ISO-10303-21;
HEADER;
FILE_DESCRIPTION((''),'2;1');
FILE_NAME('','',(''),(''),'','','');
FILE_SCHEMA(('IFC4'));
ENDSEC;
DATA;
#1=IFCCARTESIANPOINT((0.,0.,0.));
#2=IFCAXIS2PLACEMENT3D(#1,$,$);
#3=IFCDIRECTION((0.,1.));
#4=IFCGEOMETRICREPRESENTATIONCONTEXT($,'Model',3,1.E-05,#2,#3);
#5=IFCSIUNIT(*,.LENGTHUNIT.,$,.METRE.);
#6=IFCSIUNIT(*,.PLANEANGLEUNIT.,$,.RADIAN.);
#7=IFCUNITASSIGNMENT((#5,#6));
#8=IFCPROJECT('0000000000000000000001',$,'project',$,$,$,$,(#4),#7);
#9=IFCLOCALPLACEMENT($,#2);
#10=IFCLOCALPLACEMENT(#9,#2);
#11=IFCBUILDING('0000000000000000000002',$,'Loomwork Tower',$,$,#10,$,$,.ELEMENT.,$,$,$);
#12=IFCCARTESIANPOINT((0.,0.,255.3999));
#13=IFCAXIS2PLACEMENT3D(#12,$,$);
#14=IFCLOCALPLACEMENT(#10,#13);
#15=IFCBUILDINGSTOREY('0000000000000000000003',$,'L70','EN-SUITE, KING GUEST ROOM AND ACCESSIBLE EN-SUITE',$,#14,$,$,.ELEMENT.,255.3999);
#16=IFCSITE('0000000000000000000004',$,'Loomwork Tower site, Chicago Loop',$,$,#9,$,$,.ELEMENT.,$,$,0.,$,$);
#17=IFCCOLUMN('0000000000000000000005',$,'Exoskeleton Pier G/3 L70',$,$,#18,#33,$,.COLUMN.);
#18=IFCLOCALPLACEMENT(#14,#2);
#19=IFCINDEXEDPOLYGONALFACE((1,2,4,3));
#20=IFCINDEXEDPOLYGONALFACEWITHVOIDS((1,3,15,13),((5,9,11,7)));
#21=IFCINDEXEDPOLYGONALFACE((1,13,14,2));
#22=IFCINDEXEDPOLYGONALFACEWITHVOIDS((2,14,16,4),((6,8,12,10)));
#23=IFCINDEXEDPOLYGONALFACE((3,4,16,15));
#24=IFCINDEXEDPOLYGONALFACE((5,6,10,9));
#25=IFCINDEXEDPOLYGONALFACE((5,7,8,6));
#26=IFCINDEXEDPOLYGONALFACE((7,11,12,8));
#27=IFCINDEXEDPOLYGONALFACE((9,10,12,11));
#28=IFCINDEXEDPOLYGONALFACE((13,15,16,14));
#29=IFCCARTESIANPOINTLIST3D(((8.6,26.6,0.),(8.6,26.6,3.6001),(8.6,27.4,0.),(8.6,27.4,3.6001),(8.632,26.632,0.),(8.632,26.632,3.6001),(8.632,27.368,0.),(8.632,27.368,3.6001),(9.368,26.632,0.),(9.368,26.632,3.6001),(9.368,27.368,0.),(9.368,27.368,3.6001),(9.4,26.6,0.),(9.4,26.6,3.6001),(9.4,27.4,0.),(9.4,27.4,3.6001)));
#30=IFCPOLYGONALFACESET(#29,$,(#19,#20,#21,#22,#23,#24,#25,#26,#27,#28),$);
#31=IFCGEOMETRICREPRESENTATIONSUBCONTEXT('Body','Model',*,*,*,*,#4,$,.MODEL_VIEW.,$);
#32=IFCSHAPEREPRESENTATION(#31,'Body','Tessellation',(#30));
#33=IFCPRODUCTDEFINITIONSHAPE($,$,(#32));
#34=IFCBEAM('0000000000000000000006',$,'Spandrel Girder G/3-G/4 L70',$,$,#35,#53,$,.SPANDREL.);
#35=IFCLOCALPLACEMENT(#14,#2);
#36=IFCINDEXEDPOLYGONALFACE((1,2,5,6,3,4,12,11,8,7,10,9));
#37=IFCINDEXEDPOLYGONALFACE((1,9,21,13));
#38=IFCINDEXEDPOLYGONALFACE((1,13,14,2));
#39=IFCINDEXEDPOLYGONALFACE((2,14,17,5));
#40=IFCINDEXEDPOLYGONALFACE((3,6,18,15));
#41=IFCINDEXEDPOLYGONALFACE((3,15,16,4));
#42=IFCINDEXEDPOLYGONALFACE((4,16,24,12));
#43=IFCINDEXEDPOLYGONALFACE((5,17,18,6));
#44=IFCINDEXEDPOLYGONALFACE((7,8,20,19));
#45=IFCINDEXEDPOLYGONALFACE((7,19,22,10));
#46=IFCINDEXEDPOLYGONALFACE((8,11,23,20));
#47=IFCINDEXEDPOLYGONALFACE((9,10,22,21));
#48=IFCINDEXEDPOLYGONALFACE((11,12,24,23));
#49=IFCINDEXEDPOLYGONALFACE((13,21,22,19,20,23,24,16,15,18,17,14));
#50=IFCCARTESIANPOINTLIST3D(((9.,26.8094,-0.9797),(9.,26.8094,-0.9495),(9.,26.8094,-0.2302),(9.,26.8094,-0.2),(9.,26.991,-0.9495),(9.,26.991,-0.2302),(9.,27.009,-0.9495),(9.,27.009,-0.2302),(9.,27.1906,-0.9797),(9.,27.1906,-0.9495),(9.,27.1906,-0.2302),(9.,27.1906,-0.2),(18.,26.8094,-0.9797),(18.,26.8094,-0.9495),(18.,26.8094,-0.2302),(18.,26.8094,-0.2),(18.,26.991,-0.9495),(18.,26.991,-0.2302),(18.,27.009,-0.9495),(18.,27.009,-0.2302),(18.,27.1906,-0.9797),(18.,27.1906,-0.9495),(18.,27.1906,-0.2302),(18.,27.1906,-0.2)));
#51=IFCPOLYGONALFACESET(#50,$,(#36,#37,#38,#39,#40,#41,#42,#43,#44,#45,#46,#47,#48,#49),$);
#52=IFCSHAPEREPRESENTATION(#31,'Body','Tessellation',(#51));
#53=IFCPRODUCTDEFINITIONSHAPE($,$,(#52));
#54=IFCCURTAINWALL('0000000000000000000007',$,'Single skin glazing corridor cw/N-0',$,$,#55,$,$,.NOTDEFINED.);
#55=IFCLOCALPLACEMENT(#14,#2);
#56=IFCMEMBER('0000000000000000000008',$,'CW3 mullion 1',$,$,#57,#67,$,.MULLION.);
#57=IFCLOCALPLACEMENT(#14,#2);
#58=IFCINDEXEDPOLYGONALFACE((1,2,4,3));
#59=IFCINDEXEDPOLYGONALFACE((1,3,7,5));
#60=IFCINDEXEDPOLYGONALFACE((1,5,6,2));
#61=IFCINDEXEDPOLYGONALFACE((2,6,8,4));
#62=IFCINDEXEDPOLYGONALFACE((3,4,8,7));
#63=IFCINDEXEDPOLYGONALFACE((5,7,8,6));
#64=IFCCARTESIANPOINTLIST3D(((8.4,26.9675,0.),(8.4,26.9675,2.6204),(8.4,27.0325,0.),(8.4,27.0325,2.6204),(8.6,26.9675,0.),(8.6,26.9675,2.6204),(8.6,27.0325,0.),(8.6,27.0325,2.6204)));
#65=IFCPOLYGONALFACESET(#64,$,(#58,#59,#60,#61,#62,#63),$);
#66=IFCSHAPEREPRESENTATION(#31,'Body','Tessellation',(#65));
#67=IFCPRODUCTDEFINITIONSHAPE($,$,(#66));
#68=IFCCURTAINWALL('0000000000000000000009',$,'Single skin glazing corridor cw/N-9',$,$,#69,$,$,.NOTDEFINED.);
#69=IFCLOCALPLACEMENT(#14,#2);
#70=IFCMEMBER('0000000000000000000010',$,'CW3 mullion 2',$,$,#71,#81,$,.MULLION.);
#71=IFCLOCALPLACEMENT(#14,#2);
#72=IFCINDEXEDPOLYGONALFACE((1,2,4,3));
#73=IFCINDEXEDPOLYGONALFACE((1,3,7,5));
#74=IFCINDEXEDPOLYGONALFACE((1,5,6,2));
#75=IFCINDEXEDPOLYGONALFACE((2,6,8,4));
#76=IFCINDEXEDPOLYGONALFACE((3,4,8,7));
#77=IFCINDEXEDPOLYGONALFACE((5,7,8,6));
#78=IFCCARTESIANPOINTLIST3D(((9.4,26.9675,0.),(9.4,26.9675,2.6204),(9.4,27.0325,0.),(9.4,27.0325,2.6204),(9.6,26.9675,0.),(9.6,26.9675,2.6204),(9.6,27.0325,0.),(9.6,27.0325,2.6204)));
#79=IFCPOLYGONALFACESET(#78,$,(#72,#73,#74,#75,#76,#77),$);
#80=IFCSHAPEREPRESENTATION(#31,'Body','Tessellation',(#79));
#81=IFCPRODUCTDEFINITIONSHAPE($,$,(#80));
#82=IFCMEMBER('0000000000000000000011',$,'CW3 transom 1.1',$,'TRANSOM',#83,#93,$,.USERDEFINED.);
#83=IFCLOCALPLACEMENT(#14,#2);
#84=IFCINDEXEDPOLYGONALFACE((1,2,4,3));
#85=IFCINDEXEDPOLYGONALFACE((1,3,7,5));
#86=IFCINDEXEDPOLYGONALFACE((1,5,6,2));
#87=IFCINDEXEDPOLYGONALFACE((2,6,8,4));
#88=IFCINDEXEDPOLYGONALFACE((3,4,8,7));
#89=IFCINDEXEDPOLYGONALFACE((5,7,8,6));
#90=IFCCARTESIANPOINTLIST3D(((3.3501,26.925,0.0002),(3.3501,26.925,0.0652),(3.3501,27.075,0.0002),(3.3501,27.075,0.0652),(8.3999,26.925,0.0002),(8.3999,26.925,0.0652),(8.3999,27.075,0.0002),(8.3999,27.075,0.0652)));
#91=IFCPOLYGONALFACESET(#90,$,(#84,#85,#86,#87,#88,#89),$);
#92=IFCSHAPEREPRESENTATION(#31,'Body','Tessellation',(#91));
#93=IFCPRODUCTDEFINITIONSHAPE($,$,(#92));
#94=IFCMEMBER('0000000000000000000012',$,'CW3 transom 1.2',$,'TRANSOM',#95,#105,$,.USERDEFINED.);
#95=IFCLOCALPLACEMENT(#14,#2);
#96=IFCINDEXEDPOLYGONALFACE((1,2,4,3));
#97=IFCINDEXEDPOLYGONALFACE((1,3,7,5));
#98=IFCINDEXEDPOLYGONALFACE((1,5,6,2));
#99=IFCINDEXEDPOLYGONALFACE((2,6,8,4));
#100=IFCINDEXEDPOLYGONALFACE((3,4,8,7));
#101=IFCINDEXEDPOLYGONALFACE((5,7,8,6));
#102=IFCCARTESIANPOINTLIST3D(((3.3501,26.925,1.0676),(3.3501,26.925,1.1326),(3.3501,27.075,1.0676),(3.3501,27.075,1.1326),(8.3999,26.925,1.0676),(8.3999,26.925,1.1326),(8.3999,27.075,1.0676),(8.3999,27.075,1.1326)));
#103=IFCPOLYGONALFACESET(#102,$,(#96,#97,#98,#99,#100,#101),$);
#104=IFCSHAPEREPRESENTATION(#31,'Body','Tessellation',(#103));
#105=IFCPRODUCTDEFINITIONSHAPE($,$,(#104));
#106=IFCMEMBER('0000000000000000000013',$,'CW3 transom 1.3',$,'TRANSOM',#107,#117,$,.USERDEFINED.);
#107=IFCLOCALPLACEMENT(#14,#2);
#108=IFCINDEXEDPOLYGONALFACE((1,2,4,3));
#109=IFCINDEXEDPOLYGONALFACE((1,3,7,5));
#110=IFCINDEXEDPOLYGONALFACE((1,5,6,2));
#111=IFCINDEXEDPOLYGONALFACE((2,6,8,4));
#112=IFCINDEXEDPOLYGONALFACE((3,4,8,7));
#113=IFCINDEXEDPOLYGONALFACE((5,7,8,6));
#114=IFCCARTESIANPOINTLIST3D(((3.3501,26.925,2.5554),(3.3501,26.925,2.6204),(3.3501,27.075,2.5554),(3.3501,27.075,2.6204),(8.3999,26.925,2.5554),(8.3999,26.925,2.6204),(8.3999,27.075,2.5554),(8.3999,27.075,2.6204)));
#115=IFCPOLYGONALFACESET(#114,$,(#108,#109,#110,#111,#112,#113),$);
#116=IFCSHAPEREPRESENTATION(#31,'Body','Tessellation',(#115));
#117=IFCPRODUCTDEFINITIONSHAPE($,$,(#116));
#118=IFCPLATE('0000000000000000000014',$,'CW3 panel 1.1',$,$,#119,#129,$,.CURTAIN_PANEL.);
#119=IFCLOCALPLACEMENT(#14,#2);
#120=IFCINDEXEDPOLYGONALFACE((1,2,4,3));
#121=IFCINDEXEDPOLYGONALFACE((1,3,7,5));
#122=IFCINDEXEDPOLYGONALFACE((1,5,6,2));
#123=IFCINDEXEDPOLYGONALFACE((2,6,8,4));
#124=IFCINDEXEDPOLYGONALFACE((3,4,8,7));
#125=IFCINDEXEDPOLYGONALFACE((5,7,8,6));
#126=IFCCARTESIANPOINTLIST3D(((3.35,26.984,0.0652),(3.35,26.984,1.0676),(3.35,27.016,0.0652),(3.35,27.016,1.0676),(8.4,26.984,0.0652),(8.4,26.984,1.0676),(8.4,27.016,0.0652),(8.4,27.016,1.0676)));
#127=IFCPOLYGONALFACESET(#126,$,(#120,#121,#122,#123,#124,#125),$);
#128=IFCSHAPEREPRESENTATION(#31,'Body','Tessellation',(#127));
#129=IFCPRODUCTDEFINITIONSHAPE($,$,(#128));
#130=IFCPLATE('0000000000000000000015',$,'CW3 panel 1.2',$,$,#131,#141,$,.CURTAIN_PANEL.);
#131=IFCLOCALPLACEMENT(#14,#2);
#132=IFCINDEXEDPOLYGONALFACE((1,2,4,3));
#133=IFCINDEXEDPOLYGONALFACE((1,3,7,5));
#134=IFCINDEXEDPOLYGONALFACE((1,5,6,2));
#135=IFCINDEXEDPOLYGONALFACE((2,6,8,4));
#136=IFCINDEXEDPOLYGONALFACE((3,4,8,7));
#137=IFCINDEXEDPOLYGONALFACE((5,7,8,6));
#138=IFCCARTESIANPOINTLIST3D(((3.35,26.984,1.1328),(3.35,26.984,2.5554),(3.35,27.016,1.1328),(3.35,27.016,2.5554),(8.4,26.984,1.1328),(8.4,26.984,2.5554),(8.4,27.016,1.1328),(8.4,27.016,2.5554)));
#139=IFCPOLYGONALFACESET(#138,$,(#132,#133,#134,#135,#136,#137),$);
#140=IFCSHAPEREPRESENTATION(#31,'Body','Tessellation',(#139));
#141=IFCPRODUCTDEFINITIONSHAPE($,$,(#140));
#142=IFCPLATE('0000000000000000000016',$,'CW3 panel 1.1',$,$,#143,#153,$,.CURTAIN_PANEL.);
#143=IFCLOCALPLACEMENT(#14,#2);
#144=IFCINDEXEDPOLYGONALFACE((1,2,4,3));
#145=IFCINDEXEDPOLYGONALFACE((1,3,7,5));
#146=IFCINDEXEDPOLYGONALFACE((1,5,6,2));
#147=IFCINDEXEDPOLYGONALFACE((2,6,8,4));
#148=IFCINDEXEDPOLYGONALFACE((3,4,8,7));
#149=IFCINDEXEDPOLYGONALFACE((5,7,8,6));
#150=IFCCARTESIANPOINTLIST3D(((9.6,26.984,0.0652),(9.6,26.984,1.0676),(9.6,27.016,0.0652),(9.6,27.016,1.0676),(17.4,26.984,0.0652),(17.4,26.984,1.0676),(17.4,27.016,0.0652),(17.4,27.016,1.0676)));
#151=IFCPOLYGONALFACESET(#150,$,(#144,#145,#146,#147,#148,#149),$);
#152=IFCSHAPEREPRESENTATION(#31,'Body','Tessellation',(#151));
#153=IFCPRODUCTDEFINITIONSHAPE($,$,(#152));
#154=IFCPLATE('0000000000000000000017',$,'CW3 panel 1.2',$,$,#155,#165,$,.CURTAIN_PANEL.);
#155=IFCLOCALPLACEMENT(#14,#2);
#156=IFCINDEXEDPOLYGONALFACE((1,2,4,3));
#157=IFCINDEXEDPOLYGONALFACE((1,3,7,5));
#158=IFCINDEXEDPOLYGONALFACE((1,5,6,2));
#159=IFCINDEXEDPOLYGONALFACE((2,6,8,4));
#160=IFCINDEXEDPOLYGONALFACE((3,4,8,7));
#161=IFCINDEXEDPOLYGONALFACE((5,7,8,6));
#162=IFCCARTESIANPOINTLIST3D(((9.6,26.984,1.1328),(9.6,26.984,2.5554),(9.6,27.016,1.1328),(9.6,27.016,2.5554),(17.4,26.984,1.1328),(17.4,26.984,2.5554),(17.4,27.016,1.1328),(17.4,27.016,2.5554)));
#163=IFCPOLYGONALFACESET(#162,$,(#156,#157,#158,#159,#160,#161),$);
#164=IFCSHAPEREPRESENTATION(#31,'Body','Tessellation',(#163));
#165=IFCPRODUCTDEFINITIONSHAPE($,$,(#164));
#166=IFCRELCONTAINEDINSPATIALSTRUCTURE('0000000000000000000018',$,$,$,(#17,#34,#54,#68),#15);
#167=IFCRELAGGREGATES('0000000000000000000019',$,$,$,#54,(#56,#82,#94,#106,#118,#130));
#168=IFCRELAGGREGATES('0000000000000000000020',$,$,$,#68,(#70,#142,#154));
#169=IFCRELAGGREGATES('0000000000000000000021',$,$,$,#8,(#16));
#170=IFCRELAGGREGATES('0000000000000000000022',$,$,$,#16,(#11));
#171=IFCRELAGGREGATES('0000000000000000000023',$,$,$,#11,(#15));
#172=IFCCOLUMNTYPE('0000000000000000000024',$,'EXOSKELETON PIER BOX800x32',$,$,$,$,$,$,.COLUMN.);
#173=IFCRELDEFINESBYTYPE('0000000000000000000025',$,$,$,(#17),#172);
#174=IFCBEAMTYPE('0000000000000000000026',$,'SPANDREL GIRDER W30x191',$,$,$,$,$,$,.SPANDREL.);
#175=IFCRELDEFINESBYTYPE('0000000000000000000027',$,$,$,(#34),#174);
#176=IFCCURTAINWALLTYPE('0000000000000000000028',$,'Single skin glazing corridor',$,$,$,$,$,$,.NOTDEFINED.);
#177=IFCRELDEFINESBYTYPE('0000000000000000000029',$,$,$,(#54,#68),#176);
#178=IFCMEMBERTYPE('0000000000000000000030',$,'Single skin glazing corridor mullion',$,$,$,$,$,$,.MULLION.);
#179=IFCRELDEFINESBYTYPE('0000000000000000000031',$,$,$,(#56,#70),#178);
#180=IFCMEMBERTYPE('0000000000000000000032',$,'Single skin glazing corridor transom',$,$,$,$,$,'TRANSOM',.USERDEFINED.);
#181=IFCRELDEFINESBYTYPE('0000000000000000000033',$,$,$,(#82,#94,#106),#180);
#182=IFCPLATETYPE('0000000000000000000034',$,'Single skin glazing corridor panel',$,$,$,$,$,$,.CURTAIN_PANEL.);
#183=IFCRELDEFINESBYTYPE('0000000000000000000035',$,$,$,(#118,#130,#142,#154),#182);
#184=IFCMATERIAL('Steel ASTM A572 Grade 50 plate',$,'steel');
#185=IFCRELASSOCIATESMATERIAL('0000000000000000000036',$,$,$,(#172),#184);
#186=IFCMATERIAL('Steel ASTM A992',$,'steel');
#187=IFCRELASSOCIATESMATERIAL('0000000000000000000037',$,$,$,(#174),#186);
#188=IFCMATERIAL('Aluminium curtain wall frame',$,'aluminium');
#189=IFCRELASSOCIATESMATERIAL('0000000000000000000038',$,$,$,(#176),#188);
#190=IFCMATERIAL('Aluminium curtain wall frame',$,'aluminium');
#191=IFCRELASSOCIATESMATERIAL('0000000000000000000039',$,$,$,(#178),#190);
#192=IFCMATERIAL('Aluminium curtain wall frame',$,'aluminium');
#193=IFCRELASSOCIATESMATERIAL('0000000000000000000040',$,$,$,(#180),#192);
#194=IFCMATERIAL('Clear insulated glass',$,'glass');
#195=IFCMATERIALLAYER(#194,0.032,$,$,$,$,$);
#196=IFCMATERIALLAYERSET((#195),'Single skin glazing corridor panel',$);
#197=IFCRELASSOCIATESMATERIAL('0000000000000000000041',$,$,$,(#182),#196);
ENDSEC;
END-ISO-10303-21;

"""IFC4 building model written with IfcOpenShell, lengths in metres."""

from ifc_helpers import new_model, si_unit, direction, frame, origin, origin_2d, place, context, subcontext, project, spatial, rectangle, hollow_rectangle, i_section, extrude, material, layer, layer_set, material_profile, profile_set, type_object, element, aggregate, save


model = new_model("IFC4")

# Units and contexts
model_context = context("Model", 3, precision=1e-05, world=origin(), true_north=direction((0.0, 1.0)))
body_context = subcontext(model_context, "Body", "Model", "MODEL_VIEW")
ifc_project = project(units=[si_unit("LENGTHUNIT", "METRE"), si_unit("PLANEANGLEUNIT", "RADIAN")], contexts=[model_context])

# Site, building, storey
site_placement = place(None, origin())
site = spatial("IfcSite", under=ifc_project, at=site_placement, Name="Loomwork Tower site, Chicago Loop", CompositionType="ELEMENT", RefElevation=0.0)
building_placement = place(site_placement, origin())
building = spatial("IfcBuilding", under=site, at=building_placement, Name="Loomwork Tower", CompositionType="ELEMENT")
storey_placement = place(building_placement, frame((0.0, 0.0, 255.3999)))
storey = spatial("IfcBuildingStorey", under=building, at=storey_placement, Name="L70", Description="EN-SUITE, KING GUEST ROOM AND ACCESSIBLE EN-SUITE", CompositionType="ELEMENT", Elevation=255.3999)

# Column
ifc_material_1 = material(Name="Steel ASTM A572 Grade 50 plate", Category="steel")
ifc_material_profile_1 = material_profile(ifc_material_1, hollow_rectangle(XDim=0.8, YDim=0.8, WallThickness=0.032, at=origin_2d()), Name="BOX800x32")
ifc_profile_set_1 = profile_set([ifc_material_profile_1], Name="Steel ASTM A572 Grade 50 plate")
column_type = type_object("IfcColumnType", Name="EXOSKELETON PIER BOX800x32", PredefinedType="COLUMN", material=ifc_profile_set_1)
column_placement = place(storey_placement, frame((9.0, 27.0, 0.0), z_axis=(0.0, 0.0, 1.0), x_axis=(1.0, 0.0, 0.0)))
element("IfcColumn", 1, at=column_placement, inside=storey, type_object=column_type, Name="Exoskeleton Pier G/3 L70", PredefinedType="COLUMN", context=body_context, shape_type="SweptSolid", body=[
    extrude(hollow_rectangle(XDim=0.8, YDim=0.8, WallThickness=0.032, at=origin_2d()), origin(), (0.0, 0.0, 1.0), 3.6001),
])

# Beam
ifc_material_2 = material(Name="Steel ASTM A992", Category="steel")
ifc_material_profile_2 = material_profile(ifc_material_2, i_section(OverallWidth=0.3811, OverallDepth=0.7798, WebThickness=0.0181, FlangeThickness=0.0303, at=origin_2d()), Name="W30x191")
ifc_profile_set_2 = profile_set([ifc_material_profile_2], Name="Steel ASTM A992")
beam_type = type_object("IfcBeamType", Name="SPANDREL GIRDER W30x191", PredefinedType="SPANDREL", material=ifc_profile_set_2)
beam_placement = place(storey_placement, frame((9.0, 27.0, -0.5898), z_axis=(1.0, 0.0, 0.0), x_axis=(0.0, 1.0, 0.0)))
element("IfcBeam", 2, at=beam_placement, inside=storey, type_object=beam_type, Name="Spandrel Girder G/3-G/4 L70", PredefinedType="SPANDREL", context=body_context, shape_type="SweptSolid", body=[
    extrude(i_section(OverallWidth=0.3811, OverallDepth=0.7798, WebThickness=0.0181, FlangeThickness=0.0303, at=origin_2d()), origin(), (0.0, 0.0, 1.0), 9.0),
])

# Curtain walls, members
ifc_material_3 = material(Name="Aluminium curtain wall frame", Category="aluminium")
curtain_wall_type = type_object("IfcCurtainWallType", Name="Single skin glazing corridor", PredefinedType="NOTDEFINED", material=ifc_material_3)
curtain_wall_1_placement = place(storey_placement, origin())
curtain_wall_1 = element("IfcCurtainWall", 3, at=curtain_wall_1_placement, inside=storey, type_object=curtain_wall_type, Name="Single skin glazing corridor cw/N-0", PredefinedType="NOTDEFINED")
ifc_material_4 = material(Name="Aluminium curtain wall frame", Category="aluminium")
ifc_material_profile_3 = material_profile(ifc_material_4, rectangle(XDim=0.0649, YDim=0.2, at=origin_2d()), Name="AL 65x200")
ifc_profile_set_3 = profile_set([ifc_material_profile_3], Name="Aluminium curtain wall frame")
member_type_1 = type_object("IfcMemberType", Name="Single skin glazing corridor mullion", PredefinedType="MULLION", material=ifc_profile_set_3)
member_1_placement = place(storey_placement, frame((8.5, 27.0, 0.0), z_axis=(0.0, 0.0, 1.0), x_axis=(0.0, -1.0, 0.0)))
member_1 = element("IfcMember", 4, at=member_1_placement, type_object=member_type_1, Name="CW3 mullion 1", PredefinedType="MULLION", context=body_context, shape_type="SweptSolid", body=[
    extrude(rectangle(XDim=0.0649, YDim=0.2, at=origin_2d()), origin(), (0.0, 0.0, 1.0), 2.6204),
])
curtain_wall_2_placement = place(storey_placement, origin())
curtain_wall_2 = element("IfcCurtainWall", 5, at=curtain_wall_2_placement, inside=storey, type_object=curtain_wall_type, Name="Single skin glazing corridor cw/N-9", PredefinedType="NOTDEFINED")
member_2_placement = place(storey_placement, frame((9.5, 27.0, 0.0), z_axis=(0.0, 0.0, 1.0), x_axis=(0.0, -1.0, 0.0)))
member_2 = element("IfcMember", 6, at=member_2_placement, type_object=member_type_1, Name="CW3 mullion 2", PredefinedType="MULLION", context=body_context, shape_type="SweptSolid", body=[
    extrude(rectangle(XDim=0.0649, YDim=0.2, at=origin_2d()), origin(), (0.0, 0.0, 1.0), 2.6204),
])

# Members
ifc_material_5 = material(Name="Aluminium curtain wall frame", Category="aluminium")
ifc_material_profile_4 = material_profile(ifc_material_5, rectangle(XDim=0.1499, YDim=0.0649, at=origin_2d()), Name="AL 65x150")
ifc_profile_set_4 = profile_set([ifc_material_profile_4], Name="Aluminium curtain wall frame")
member_type_2 = type_object("IfcMemberType", Name="Single skin glazing corridor transom", ElementType="TRANSOM", PredefinedType="USERDEFINED", material=ifc_profile_set_4)
member_3_placement = place(storey_placement, frame((8.3999, 27.0, 0.0327), z_axis=(-1.0, 0.0, 0.0), x_axis=(0.0, -1.0, 0.0)))
member_3 = element("IfcMember", 7, at=member_3_placement, type_object=member_type_2, Name="CW3 transom 1.1", ObjectType="TRANSOM", PredefinedType="USERDEFINED", context=body_context, shape_type="SweptSolid", body=[
    extrude(rectangle(XDim=0.1499, YDim=0.0649, at=origin_2d()), origin(), (0.0, 0.0, 1.0), 5.0498),
])
member_4_placement = place(storey_placement, frame((8.3999, 27.0, 1.1001), z_axis=(-1.0, 0.0, 0.0), x_axis=(0.0, -1.0, 0.0)))
member_4 = element("IfcMember", 8, at=member_4_placement, type_object=member_type_2, Name="CW3 transom 1.2", ObjectType="TRANSOM", PredefinedType="USERDEFINED", context=body_context, shape_type="SweptSolid", body=[
    extrude(rectangle(XDim=0.1499, YDim=0.0649, at=origin_2d()), origin(), (0.0, 0.0, 1.0), 5.0498),
])
member_5_placement = place(storey_placement, frame((8.3999, 27.0, 2.5879), z_axis=(-1.0, 0.0, 0.0), x_axis=(0.0, -1.0, 0.0)))
member_5 = element("IfcMember", 9, at=member_5_placement, type_object=member_type_2, Name="CW3 transom 1.3", ObjectType="TRANSOM", PredefinedType="USERDEFINED", context=body_context, shape_type="SweptSolid", body=[
    extrude(rectangle(XDim=0.1499, YDim=0.0649, at=origin_2d()), origin(), (0.0, 0.0, 1.0), 5.0498),
])

# Plates
ifc_material_6 = material(Name="Clear insulated glass", Category="glass")
ifc_layer_1 = layer(ifc_material_6, 0.032)
ifc_layer_set_1 = layer_set([ifc_layer_1], Name="Single skin glazing corridor panel")
plate_type = type_object("IfcPlateType", Name="Single skin glazing corridor panel", PredefinedType="CURTAIN_PANEL", material=ifc_layer_set_1)
plate_1_placement = place(storey_placement, frame((5.875, 27.0, 0.0652), z_axis=(0.0, 0.0, 1.0), x_axis=(-1.0, 0.0, 0.0)))
plate_1 = element("IfcPlate", 10, at=plate_1_placement, type_object=plate_type, Name="CW3 panel 1.1", PredefinedType="CURTAIN_PANEL", context=body_context, shape_type="SweptSolid", body=[
    extrude(rectangle(XDim=5.05, YDim=0.032, at=origin_2d()), origin(), (0.0, 0.0, 1.0), 1.0024),
])
plate_2_placement = place(storey_placement, frame((5.875, 27.0, 1.1328), z_axis=(0.0, 0.0, 1.0), x_axis=(-1.0, 0.0, 0.0)))
plate_2 = element("IfcPlate", 11, at=plate_2_placement, type_object=plate_type, Name="CW3 panel 1.2", PredefinedType="CURTAIN_PANEL", context=body_context, shape_type="SweptSolid", body=[
    extrude(rectangle(XDim=5.05, YDim=0.032, at=origin_2d()), origin(), (0.0, 0.0, 1.0), 1.4226),
])
aggregate(curtain_wall_1, [member_1, member_3, member_4, member_5, plate_1, plate_2])
plate_3_placement = place(storey_placement, frame((13.5, 27.0, 0.0652), z_axis=(0.0, 0.0, 1.0), x_axis=(-1.0, 0.0, 0.0)))
plate_3 = element("IfcPlate", 12, at=plate_3_placement, type_object=plate_type, Name="CW3 panel 1.1", PredefinedType="CURTAIN_PANEL", context=body_context, shape_type="SweptSolid", body=[
    extrude(rectangle(XDim=7.8, YDim=0.032, at=origin_2d()), origin(), (0.0, 0.0, 1.0), 1.0024),
])
plate_4_placement = place(storey_placement, frame((13.5, 27.0, 1.1328), z_axis=(0.0, 0.0, 1.0), x_axis=(-1.0, 0.0, 0.0)))
plate_4 = element("IfcPlate", 13, at=plate_4_placement, type_object=plate_type, Name="CW3 panel 1.2", PredefinedType="CURTAIN_PANEL", context=body_context, shape_type="SweptSolid", body=[
    extrude(rectangle(XDim=7.8, YDim=0.032, at=origin_2d()), origin(), (0.0, 0.0, 1.0), 1.4226),
])
aggregate(curtain_wall_2, [member_2, plate_3, plate_4])

save(model, "model.ifc")
